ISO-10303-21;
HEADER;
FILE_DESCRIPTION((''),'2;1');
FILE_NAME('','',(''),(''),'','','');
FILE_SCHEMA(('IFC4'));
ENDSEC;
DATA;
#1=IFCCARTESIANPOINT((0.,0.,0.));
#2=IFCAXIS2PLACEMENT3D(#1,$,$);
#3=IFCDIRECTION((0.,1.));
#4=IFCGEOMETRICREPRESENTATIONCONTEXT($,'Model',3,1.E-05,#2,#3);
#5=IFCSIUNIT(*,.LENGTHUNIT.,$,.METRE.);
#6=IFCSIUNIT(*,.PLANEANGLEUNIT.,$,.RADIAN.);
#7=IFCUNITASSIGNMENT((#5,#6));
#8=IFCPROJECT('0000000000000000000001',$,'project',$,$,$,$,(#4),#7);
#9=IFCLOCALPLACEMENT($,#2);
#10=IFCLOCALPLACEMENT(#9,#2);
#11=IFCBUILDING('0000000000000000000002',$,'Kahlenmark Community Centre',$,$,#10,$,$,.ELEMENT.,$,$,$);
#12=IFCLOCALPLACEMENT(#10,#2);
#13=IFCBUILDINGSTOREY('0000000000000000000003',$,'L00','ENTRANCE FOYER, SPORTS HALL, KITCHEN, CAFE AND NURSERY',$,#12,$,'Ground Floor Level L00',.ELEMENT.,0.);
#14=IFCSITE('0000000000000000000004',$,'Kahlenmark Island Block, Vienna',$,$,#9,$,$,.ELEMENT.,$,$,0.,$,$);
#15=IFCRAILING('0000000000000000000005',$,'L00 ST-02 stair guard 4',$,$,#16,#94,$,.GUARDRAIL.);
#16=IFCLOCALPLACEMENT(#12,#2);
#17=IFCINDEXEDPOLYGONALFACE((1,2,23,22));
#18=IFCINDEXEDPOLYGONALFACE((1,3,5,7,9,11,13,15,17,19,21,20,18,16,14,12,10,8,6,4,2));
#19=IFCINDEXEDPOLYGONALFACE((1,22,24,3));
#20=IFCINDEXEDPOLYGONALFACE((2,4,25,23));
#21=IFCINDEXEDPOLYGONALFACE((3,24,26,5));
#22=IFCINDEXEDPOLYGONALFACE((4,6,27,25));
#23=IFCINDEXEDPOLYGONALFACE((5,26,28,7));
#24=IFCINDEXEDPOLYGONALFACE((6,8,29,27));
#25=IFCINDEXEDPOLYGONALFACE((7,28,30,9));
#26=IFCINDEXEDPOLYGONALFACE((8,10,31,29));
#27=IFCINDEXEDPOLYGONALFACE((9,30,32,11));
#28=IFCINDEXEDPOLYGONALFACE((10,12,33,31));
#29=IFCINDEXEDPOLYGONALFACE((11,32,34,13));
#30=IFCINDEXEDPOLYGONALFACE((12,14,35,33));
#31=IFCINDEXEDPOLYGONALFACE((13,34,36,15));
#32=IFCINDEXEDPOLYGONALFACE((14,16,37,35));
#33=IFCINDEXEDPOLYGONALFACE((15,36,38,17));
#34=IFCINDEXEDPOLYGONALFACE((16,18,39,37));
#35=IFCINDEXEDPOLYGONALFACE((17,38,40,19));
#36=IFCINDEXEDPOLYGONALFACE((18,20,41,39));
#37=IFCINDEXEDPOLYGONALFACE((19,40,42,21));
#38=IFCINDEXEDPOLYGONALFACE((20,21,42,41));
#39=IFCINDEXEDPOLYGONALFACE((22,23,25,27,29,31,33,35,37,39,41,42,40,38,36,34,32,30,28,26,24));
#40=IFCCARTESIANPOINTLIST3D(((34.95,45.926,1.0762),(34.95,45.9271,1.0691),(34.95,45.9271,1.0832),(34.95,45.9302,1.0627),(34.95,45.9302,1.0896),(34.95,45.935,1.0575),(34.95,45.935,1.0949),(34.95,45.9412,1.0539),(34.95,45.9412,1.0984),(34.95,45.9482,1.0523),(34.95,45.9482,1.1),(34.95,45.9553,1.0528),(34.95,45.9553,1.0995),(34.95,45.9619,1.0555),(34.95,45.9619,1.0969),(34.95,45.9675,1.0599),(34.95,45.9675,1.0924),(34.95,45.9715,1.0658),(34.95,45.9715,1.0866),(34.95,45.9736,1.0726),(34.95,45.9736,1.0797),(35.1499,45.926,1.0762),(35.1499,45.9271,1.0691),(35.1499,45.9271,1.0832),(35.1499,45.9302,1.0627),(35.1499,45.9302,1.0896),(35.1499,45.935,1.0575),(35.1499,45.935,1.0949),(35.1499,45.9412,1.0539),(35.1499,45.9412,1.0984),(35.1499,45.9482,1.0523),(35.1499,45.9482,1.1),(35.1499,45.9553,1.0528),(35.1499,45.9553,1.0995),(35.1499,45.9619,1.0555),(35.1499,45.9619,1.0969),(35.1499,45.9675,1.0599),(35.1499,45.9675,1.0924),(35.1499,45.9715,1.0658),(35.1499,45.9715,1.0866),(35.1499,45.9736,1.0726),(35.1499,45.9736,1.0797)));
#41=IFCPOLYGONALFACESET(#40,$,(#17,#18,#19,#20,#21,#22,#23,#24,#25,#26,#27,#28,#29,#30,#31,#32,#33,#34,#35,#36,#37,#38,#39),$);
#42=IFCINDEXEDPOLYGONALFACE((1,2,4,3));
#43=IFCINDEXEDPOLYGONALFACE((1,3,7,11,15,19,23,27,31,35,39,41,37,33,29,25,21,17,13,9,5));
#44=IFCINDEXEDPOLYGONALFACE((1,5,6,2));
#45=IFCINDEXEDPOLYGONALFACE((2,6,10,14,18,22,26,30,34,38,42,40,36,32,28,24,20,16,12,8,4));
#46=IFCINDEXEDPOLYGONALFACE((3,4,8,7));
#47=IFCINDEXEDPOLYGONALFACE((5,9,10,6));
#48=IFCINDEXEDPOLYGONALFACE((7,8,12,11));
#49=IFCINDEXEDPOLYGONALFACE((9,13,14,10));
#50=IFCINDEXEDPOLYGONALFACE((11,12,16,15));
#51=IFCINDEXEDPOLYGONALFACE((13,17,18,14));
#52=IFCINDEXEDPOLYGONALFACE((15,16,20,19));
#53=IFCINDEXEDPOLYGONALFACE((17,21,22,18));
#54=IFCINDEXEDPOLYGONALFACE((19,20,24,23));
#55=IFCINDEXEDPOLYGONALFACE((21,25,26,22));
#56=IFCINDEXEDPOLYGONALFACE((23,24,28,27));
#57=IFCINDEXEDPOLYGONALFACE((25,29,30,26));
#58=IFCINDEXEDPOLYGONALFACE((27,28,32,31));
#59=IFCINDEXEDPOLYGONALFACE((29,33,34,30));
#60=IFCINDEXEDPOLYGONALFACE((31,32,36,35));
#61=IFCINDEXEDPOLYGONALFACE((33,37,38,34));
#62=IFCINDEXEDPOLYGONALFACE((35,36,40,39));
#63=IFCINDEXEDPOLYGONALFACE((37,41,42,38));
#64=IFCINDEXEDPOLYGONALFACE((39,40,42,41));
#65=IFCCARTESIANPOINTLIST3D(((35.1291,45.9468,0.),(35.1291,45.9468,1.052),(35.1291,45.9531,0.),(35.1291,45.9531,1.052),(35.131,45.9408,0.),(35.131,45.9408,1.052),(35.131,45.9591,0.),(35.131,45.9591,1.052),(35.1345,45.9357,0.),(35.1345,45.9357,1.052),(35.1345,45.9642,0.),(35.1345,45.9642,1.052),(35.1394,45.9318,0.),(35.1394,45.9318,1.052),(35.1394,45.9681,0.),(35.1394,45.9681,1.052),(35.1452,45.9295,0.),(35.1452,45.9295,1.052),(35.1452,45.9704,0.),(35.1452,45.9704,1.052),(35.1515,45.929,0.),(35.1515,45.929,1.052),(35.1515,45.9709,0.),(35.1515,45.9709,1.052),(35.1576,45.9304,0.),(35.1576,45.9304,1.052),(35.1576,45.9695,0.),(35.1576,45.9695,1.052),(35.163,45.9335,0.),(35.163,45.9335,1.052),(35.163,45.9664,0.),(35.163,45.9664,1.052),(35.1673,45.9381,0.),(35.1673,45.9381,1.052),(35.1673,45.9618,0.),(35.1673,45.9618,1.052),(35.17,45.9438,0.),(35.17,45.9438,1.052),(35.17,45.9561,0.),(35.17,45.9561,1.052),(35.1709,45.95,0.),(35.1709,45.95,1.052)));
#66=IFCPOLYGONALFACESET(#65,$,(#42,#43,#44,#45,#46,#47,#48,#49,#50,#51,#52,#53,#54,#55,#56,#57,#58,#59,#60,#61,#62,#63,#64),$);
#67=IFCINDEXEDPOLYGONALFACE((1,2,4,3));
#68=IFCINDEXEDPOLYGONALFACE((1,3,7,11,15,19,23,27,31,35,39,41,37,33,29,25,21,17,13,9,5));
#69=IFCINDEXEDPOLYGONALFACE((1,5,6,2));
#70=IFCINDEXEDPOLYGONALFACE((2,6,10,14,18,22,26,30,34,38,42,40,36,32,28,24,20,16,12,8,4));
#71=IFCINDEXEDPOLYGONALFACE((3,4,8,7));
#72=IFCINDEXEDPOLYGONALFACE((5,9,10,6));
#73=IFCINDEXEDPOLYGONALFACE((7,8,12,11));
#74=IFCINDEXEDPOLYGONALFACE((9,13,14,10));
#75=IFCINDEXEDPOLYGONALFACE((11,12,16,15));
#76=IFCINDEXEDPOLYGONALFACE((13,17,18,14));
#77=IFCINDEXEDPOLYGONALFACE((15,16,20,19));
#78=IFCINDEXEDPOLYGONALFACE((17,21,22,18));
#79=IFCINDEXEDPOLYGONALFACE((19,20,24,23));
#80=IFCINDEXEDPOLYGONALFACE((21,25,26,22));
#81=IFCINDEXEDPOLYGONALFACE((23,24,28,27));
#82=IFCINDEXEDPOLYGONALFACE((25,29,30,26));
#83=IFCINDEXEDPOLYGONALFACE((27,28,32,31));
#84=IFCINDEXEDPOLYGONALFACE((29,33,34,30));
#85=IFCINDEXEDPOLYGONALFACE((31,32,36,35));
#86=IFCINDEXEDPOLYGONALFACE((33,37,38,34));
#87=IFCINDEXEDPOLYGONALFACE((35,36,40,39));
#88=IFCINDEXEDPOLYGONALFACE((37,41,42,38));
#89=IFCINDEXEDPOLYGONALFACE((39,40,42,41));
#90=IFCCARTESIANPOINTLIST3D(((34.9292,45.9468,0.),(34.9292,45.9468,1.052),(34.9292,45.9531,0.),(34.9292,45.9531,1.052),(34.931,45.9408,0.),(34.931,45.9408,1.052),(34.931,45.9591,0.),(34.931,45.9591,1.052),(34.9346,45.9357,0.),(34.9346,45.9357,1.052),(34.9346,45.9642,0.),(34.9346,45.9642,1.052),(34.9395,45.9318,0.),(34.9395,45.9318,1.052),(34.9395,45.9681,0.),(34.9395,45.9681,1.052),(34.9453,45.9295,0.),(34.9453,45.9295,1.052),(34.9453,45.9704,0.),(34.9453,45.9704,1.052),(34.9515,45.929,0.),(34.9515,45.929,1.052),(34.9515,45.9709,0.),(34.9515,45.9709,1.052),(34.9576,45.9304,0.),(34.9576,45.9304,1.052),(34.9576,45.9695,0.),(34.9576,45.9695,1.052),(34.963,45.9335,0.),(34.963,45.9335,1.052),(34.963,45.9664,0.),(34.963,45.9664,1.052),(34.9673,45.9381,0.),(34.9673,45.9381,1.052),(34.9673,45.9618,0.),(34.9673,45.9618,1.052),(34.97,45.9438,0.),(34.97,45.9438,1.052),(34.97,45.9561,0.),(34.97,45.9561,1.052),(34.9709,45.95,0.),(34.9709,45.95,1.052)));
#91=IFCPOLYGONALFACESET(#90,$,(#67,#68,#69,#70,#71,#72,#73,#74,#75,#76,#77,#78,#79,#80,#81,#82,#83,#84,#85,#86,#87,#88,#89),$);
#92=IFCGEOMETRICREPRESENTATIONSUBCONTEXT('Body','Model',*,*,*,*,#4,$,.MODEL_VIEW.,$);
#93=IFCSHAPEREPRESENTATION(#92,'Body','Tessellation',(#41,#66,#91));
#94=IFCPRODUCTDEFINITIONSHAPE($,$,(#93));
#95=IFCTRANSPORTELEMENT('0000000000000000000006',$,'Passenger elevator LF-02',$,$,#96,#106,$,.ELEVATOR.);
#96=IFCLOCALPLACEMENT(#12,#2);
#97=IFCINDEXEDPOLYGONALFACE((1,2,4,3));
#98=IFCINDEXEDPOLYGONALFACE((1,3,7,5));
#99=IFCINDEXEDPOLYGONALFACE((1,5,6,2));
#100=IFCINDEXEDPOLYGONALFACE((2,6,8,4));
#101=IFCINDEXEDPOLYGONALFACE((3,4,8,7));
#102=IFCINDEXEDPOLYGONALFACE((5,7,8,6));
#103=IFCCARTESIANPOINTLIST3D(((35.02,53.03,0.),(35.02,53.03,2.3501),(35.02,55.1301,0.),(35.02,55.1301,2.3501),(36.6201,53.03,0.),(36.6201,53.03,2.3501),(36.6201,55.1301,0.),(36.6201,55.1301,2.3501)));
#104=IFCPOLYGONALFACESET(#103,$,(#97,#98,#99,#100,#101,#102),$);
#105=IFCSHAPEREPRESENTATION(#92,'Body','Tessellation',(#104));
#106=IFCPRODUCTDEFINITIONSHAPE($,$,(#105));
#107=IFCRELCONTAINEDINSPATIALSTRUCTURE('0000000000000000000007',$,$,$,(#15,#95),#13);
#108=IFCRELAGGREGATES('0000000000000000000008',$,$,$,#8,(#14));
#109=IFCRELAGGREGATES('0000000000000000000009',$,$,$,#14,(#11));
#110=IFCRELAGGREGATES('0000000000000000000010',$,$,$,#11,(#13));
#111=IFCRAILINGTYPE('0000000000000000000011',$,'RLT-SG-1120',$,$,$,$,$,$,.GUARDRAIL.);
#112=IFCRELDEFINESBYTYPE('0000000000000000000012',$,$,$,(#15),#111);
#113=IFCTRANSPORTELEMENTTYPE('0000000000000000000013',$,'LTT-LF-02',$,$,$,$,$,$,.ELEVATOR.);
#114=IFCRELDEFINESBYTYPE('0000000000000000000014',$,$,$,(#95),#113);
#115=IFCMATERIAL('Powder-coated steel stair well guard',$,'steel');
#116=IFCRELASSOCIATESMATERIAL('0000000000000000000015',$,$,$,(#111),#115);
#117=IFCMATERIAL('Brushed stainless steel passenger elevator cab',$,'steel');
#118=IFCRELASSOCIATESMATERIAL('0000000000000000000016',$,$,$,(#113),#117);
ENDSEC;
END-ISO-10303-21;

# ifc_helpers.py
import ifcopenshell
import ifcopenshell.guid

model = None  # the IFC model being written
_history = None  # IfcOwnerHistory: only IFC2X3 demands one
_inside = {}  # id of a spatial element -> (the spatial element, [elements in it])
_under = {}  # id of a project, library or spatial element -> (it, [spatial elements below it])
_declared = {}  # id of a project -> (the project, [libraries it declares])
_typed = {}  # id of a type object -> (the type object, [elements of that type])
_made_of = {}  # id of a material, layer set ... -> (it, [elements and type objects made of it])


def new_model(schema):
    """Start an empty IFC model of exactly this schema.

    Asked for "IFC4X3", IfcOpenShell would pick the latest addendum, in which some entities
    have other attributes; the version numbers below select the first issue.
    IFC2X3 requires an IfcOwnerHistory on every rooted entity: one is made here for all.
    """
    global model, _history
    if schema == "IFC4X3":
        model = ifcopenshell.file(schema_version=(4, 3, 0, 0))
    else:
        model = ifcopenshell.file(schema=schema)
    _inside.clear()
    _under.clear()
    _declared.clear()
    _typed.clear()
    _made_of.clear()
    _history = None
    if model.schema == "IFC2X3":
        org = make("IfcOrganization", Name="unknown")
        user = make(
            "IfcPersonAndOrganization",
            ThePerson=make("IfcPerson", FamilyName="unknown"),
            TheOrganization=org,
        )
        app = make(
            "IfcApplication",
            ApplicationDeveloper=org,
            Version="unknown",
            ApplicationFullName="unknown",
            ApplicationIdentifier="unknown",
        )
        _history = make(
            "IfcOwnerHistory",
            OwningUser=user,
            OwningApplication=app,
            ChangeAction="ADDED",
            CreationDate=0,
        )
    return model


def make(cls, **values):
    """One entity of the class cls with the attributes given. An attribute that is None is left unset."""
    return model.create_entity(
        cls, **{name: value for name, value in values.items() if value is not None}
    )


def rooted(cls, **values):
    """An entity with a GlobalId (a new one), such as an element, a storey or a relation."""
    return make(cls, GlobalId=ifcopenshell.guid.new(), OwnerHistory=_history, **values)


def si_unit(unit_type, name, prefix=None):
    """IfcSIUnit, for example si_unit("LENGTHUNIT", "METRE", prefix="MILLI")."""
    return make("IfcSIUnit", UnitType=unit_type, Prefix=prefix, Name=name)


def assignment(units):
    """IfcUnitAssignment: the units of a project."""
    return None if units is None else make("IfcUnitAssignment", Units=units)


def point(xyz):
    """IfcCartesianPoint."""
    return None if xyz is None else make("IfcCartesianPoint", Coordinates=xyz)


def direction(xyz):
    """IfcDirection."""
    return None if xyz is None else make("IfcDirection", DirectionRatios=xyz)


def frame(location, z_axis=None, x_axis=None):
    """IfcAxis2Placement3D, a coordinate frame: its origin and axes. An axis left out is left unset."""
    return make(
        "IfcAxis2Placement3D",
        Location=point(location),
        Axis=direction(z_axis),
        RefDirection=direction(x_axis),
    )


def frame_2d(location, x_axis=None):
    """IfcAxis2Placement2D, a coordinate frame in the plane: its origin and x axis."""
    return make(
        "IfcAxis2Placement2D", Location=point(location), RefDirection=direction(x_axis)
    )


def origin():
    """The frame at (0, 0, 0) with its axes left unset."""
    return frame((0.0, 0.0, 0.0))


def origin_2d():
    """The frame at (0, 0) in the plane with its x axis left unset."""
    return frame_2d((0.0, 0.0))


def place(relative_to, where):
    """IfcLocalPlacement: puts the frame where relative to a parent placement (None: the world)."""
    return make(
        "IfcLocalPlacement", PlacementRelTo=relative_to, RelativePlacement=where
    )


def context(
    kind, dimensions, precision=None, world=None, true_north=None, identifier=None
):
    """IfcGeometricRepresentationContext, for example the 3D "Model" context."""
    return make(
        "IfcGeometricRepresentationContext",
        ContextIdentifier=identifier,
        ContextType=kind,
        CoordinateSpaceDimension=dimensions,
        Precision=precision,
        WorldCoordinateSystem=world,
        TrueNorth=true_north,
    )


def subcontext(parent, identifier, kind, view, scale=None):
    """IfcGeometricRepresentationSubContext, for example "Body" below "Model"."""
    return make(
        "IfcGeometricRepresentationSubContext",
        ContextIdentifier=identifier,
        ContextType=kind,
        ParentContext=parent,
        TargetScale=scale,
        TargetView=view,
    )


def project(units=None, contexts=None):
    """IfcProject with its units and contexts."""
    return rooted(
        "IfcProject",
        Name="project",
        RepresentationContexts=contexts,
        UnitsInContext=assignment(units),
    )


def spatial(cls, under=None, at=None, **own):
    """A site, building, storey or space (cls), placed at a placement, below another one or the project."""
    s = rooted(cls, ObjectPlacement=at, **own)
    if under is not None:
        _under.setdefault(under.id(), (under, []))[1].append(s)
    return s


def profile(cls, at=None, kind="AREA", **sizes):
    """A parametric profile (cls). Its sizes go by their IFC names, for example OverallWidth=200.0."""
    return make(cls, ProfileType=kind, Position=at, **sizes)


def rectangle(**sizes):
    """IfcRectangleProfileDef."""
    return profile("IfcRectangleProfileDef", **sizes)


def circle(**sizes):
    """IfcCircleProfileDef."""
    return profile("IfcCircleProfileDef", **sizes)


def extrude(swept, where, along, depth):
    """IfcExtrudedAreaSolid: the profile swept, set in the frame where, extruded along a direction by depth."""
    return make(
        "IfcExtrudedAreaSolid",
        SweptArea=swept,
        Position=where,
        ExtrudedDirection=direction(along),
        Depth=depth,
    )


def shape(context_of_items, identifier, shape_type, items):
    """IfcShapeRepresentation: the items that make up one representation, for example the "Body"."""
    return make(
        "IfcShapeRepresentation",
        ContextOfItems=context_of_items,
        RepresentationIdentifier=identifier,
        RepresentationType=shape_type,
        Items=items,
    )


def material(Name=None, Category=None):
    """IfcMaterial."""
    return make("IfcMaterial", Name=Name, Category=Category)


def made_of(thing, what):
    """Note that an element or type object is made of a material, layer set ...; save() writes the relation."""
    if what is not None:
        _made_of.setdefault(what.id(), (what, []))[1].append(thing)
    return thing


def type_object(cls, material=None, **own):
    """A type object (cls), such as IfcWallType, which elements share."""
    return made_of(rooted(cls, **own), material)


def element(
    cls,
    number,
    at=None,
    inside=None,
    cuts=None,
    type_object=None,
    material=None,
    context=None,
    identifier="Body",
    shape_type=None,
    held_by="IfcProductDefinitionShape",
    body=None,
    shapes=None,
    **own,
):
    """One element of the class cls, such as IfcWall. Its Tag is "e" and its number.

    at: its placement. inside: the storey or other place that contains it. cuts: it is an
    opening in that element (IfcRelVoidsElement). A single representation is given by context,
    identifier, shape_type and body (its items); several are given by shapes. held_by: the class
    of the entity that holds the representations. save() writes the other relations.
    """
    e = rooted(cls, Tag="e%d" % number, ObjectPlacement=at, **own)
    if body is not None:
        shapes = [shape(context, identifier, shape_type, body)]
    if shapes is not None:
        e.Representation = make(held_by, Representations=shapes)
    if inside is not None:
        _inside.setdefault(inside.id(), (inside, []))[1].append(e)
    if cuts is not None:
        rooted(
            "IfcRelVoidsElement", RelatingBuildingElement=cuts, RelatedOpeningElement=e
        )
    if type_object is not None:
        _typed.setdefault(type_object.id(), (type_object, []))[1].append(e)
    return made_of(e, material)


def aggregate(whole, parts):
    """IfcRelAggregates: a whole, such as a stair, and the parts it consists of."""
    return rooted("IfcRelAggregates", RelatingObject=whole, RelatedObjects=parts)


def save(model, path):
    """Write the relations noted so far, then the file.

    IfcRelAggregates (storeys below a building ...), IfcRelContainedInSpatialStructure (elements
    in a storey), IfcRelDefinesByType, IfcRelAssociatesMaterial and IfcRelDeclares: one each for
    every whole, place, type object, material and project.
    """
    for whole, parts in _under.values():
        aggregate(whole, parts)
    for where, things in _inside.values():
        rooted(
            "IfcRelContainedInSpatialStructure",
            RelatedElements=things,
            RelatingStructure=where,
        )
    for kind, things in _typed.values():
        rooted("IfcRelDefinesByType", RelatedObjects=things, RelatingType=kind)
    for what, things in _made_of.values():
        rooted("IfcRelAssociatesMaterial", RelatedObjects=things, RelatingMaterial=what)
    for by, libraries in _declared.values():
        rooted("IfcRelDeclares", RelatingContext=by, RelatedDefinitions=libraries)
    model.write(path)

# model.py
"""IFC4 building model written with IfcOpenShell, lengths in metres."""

from ifc_helpers import new_model, si_unit, direction, frame, origin, origin_2d, place, context, subcontext, project, spatial, rectangle, circle, extrude, material, type_object, element, save


model = new_model("IFC4")

# Units and contexts
model_context = context("Model", 3, precision=1e-05, world=origin(), true_north=direction((0.0, 1.0)))
body_context = subcontext(model_context, "Body", "Model", "MODEL_VIEW")
ifc_project = project(units=[si_unit("LENGTHUNIT", "METRE"), si_unit("PLANEANGLEUNIT", "RADIAN")], contexts=[model_context])

# Site, building, storey
site_placement = place(None, origin())
site = spatial("IfcSite", under=ifc_project, at=site_placement, Name="Kahlenmark Island Block, Vienna", CompositionType="ELEMENT", RefElevation=0.0)
building_placement = place(site_placement, origin())
building = spatial("IfcBuilding", under=site, at=building_placement, Name="Kahlenmark Community Centre", CompositionType="ELEMENT")
storey_placement = place(building_placement, origin())
storey = spatial("IfcBuildingStorey", under=building, at=storey_placement, Name="L00", Description="ENTRANCE FOYER, SPORTS HALL, KITCHEN, CAFE AND NURSERY", LongName="Ground Floor Level L00", CompositionType="ELEMENT", Elevation=0.0)

# Railing
ifc_material_1 = material(Name="Powder-coated steel stair well guard", Category="steel")
railing_type_1 = type_object("IfcRailingType", Name="RLT-SG-1120", PredefinedType="GUARDRAIL", material=ifc_material_1)
railing_1_placement = place(storey_placement, frame((35.1499, 45.95, 0.0)))
element("IfcRailing", 1, at=railing_1_placement, inside=storey, type_object=railing_type_1, Name="L00 ST-02 stair guard 4", PredefinedType="GUARDRAIL", context=body_context, shape_type="SweptSolid", body=[
    extrude(circle(Radius=0.0239, at=origin_2d()), frame((0.0, 0.0, 1.0762), z_axis=(-1.0, 0.0, 0.0), x_axis=(0.0, -1.0, 0.0)), (0.0, 0.0, 1.0), 0.2),
    extrude(circle(Radius=0.021, at=origin_2d()), origin(), (0.0, 0.0, 1.0), 1.052),
    extrude(circle(Radius=0.021, at=origin_2d()), frame((-0.2, 0.0, 0.0)), (0.0, 0.0, 1.0), 1.052),
])

# Transport element
ifc_material_2 = material(Name="Brushed stainless steel passenger elevator cab", Category="steel")
transport_element_type = type_object("IfcTransportElementType", Name="LTT-LF-02", PredefinedType="ELEVATOR", material=ifc_material_2)
transport_element_placement = place(storey_placement, frame((35.8201, 54.0801, 0.0), z_axis=(0.0, 0.0, 1.0), x_axis=(1.0, 0.0, 0.0)))
element("IfcTransportElement", 2, at=transport_element_placement, inside=storey, type_object=transport_element_type, Name="Passenger elevator LF-02", PredefinedType="ELEVATOR", context=body_context, shape_type="SweptSolid", body=[
    extrude(rectangle(XDim=1.6001, YDim=2.1001, at=origin_2d()), origin(), (0.0, 0.0, 1.0), 2.3501),
])

save(model, "model.ifc")
